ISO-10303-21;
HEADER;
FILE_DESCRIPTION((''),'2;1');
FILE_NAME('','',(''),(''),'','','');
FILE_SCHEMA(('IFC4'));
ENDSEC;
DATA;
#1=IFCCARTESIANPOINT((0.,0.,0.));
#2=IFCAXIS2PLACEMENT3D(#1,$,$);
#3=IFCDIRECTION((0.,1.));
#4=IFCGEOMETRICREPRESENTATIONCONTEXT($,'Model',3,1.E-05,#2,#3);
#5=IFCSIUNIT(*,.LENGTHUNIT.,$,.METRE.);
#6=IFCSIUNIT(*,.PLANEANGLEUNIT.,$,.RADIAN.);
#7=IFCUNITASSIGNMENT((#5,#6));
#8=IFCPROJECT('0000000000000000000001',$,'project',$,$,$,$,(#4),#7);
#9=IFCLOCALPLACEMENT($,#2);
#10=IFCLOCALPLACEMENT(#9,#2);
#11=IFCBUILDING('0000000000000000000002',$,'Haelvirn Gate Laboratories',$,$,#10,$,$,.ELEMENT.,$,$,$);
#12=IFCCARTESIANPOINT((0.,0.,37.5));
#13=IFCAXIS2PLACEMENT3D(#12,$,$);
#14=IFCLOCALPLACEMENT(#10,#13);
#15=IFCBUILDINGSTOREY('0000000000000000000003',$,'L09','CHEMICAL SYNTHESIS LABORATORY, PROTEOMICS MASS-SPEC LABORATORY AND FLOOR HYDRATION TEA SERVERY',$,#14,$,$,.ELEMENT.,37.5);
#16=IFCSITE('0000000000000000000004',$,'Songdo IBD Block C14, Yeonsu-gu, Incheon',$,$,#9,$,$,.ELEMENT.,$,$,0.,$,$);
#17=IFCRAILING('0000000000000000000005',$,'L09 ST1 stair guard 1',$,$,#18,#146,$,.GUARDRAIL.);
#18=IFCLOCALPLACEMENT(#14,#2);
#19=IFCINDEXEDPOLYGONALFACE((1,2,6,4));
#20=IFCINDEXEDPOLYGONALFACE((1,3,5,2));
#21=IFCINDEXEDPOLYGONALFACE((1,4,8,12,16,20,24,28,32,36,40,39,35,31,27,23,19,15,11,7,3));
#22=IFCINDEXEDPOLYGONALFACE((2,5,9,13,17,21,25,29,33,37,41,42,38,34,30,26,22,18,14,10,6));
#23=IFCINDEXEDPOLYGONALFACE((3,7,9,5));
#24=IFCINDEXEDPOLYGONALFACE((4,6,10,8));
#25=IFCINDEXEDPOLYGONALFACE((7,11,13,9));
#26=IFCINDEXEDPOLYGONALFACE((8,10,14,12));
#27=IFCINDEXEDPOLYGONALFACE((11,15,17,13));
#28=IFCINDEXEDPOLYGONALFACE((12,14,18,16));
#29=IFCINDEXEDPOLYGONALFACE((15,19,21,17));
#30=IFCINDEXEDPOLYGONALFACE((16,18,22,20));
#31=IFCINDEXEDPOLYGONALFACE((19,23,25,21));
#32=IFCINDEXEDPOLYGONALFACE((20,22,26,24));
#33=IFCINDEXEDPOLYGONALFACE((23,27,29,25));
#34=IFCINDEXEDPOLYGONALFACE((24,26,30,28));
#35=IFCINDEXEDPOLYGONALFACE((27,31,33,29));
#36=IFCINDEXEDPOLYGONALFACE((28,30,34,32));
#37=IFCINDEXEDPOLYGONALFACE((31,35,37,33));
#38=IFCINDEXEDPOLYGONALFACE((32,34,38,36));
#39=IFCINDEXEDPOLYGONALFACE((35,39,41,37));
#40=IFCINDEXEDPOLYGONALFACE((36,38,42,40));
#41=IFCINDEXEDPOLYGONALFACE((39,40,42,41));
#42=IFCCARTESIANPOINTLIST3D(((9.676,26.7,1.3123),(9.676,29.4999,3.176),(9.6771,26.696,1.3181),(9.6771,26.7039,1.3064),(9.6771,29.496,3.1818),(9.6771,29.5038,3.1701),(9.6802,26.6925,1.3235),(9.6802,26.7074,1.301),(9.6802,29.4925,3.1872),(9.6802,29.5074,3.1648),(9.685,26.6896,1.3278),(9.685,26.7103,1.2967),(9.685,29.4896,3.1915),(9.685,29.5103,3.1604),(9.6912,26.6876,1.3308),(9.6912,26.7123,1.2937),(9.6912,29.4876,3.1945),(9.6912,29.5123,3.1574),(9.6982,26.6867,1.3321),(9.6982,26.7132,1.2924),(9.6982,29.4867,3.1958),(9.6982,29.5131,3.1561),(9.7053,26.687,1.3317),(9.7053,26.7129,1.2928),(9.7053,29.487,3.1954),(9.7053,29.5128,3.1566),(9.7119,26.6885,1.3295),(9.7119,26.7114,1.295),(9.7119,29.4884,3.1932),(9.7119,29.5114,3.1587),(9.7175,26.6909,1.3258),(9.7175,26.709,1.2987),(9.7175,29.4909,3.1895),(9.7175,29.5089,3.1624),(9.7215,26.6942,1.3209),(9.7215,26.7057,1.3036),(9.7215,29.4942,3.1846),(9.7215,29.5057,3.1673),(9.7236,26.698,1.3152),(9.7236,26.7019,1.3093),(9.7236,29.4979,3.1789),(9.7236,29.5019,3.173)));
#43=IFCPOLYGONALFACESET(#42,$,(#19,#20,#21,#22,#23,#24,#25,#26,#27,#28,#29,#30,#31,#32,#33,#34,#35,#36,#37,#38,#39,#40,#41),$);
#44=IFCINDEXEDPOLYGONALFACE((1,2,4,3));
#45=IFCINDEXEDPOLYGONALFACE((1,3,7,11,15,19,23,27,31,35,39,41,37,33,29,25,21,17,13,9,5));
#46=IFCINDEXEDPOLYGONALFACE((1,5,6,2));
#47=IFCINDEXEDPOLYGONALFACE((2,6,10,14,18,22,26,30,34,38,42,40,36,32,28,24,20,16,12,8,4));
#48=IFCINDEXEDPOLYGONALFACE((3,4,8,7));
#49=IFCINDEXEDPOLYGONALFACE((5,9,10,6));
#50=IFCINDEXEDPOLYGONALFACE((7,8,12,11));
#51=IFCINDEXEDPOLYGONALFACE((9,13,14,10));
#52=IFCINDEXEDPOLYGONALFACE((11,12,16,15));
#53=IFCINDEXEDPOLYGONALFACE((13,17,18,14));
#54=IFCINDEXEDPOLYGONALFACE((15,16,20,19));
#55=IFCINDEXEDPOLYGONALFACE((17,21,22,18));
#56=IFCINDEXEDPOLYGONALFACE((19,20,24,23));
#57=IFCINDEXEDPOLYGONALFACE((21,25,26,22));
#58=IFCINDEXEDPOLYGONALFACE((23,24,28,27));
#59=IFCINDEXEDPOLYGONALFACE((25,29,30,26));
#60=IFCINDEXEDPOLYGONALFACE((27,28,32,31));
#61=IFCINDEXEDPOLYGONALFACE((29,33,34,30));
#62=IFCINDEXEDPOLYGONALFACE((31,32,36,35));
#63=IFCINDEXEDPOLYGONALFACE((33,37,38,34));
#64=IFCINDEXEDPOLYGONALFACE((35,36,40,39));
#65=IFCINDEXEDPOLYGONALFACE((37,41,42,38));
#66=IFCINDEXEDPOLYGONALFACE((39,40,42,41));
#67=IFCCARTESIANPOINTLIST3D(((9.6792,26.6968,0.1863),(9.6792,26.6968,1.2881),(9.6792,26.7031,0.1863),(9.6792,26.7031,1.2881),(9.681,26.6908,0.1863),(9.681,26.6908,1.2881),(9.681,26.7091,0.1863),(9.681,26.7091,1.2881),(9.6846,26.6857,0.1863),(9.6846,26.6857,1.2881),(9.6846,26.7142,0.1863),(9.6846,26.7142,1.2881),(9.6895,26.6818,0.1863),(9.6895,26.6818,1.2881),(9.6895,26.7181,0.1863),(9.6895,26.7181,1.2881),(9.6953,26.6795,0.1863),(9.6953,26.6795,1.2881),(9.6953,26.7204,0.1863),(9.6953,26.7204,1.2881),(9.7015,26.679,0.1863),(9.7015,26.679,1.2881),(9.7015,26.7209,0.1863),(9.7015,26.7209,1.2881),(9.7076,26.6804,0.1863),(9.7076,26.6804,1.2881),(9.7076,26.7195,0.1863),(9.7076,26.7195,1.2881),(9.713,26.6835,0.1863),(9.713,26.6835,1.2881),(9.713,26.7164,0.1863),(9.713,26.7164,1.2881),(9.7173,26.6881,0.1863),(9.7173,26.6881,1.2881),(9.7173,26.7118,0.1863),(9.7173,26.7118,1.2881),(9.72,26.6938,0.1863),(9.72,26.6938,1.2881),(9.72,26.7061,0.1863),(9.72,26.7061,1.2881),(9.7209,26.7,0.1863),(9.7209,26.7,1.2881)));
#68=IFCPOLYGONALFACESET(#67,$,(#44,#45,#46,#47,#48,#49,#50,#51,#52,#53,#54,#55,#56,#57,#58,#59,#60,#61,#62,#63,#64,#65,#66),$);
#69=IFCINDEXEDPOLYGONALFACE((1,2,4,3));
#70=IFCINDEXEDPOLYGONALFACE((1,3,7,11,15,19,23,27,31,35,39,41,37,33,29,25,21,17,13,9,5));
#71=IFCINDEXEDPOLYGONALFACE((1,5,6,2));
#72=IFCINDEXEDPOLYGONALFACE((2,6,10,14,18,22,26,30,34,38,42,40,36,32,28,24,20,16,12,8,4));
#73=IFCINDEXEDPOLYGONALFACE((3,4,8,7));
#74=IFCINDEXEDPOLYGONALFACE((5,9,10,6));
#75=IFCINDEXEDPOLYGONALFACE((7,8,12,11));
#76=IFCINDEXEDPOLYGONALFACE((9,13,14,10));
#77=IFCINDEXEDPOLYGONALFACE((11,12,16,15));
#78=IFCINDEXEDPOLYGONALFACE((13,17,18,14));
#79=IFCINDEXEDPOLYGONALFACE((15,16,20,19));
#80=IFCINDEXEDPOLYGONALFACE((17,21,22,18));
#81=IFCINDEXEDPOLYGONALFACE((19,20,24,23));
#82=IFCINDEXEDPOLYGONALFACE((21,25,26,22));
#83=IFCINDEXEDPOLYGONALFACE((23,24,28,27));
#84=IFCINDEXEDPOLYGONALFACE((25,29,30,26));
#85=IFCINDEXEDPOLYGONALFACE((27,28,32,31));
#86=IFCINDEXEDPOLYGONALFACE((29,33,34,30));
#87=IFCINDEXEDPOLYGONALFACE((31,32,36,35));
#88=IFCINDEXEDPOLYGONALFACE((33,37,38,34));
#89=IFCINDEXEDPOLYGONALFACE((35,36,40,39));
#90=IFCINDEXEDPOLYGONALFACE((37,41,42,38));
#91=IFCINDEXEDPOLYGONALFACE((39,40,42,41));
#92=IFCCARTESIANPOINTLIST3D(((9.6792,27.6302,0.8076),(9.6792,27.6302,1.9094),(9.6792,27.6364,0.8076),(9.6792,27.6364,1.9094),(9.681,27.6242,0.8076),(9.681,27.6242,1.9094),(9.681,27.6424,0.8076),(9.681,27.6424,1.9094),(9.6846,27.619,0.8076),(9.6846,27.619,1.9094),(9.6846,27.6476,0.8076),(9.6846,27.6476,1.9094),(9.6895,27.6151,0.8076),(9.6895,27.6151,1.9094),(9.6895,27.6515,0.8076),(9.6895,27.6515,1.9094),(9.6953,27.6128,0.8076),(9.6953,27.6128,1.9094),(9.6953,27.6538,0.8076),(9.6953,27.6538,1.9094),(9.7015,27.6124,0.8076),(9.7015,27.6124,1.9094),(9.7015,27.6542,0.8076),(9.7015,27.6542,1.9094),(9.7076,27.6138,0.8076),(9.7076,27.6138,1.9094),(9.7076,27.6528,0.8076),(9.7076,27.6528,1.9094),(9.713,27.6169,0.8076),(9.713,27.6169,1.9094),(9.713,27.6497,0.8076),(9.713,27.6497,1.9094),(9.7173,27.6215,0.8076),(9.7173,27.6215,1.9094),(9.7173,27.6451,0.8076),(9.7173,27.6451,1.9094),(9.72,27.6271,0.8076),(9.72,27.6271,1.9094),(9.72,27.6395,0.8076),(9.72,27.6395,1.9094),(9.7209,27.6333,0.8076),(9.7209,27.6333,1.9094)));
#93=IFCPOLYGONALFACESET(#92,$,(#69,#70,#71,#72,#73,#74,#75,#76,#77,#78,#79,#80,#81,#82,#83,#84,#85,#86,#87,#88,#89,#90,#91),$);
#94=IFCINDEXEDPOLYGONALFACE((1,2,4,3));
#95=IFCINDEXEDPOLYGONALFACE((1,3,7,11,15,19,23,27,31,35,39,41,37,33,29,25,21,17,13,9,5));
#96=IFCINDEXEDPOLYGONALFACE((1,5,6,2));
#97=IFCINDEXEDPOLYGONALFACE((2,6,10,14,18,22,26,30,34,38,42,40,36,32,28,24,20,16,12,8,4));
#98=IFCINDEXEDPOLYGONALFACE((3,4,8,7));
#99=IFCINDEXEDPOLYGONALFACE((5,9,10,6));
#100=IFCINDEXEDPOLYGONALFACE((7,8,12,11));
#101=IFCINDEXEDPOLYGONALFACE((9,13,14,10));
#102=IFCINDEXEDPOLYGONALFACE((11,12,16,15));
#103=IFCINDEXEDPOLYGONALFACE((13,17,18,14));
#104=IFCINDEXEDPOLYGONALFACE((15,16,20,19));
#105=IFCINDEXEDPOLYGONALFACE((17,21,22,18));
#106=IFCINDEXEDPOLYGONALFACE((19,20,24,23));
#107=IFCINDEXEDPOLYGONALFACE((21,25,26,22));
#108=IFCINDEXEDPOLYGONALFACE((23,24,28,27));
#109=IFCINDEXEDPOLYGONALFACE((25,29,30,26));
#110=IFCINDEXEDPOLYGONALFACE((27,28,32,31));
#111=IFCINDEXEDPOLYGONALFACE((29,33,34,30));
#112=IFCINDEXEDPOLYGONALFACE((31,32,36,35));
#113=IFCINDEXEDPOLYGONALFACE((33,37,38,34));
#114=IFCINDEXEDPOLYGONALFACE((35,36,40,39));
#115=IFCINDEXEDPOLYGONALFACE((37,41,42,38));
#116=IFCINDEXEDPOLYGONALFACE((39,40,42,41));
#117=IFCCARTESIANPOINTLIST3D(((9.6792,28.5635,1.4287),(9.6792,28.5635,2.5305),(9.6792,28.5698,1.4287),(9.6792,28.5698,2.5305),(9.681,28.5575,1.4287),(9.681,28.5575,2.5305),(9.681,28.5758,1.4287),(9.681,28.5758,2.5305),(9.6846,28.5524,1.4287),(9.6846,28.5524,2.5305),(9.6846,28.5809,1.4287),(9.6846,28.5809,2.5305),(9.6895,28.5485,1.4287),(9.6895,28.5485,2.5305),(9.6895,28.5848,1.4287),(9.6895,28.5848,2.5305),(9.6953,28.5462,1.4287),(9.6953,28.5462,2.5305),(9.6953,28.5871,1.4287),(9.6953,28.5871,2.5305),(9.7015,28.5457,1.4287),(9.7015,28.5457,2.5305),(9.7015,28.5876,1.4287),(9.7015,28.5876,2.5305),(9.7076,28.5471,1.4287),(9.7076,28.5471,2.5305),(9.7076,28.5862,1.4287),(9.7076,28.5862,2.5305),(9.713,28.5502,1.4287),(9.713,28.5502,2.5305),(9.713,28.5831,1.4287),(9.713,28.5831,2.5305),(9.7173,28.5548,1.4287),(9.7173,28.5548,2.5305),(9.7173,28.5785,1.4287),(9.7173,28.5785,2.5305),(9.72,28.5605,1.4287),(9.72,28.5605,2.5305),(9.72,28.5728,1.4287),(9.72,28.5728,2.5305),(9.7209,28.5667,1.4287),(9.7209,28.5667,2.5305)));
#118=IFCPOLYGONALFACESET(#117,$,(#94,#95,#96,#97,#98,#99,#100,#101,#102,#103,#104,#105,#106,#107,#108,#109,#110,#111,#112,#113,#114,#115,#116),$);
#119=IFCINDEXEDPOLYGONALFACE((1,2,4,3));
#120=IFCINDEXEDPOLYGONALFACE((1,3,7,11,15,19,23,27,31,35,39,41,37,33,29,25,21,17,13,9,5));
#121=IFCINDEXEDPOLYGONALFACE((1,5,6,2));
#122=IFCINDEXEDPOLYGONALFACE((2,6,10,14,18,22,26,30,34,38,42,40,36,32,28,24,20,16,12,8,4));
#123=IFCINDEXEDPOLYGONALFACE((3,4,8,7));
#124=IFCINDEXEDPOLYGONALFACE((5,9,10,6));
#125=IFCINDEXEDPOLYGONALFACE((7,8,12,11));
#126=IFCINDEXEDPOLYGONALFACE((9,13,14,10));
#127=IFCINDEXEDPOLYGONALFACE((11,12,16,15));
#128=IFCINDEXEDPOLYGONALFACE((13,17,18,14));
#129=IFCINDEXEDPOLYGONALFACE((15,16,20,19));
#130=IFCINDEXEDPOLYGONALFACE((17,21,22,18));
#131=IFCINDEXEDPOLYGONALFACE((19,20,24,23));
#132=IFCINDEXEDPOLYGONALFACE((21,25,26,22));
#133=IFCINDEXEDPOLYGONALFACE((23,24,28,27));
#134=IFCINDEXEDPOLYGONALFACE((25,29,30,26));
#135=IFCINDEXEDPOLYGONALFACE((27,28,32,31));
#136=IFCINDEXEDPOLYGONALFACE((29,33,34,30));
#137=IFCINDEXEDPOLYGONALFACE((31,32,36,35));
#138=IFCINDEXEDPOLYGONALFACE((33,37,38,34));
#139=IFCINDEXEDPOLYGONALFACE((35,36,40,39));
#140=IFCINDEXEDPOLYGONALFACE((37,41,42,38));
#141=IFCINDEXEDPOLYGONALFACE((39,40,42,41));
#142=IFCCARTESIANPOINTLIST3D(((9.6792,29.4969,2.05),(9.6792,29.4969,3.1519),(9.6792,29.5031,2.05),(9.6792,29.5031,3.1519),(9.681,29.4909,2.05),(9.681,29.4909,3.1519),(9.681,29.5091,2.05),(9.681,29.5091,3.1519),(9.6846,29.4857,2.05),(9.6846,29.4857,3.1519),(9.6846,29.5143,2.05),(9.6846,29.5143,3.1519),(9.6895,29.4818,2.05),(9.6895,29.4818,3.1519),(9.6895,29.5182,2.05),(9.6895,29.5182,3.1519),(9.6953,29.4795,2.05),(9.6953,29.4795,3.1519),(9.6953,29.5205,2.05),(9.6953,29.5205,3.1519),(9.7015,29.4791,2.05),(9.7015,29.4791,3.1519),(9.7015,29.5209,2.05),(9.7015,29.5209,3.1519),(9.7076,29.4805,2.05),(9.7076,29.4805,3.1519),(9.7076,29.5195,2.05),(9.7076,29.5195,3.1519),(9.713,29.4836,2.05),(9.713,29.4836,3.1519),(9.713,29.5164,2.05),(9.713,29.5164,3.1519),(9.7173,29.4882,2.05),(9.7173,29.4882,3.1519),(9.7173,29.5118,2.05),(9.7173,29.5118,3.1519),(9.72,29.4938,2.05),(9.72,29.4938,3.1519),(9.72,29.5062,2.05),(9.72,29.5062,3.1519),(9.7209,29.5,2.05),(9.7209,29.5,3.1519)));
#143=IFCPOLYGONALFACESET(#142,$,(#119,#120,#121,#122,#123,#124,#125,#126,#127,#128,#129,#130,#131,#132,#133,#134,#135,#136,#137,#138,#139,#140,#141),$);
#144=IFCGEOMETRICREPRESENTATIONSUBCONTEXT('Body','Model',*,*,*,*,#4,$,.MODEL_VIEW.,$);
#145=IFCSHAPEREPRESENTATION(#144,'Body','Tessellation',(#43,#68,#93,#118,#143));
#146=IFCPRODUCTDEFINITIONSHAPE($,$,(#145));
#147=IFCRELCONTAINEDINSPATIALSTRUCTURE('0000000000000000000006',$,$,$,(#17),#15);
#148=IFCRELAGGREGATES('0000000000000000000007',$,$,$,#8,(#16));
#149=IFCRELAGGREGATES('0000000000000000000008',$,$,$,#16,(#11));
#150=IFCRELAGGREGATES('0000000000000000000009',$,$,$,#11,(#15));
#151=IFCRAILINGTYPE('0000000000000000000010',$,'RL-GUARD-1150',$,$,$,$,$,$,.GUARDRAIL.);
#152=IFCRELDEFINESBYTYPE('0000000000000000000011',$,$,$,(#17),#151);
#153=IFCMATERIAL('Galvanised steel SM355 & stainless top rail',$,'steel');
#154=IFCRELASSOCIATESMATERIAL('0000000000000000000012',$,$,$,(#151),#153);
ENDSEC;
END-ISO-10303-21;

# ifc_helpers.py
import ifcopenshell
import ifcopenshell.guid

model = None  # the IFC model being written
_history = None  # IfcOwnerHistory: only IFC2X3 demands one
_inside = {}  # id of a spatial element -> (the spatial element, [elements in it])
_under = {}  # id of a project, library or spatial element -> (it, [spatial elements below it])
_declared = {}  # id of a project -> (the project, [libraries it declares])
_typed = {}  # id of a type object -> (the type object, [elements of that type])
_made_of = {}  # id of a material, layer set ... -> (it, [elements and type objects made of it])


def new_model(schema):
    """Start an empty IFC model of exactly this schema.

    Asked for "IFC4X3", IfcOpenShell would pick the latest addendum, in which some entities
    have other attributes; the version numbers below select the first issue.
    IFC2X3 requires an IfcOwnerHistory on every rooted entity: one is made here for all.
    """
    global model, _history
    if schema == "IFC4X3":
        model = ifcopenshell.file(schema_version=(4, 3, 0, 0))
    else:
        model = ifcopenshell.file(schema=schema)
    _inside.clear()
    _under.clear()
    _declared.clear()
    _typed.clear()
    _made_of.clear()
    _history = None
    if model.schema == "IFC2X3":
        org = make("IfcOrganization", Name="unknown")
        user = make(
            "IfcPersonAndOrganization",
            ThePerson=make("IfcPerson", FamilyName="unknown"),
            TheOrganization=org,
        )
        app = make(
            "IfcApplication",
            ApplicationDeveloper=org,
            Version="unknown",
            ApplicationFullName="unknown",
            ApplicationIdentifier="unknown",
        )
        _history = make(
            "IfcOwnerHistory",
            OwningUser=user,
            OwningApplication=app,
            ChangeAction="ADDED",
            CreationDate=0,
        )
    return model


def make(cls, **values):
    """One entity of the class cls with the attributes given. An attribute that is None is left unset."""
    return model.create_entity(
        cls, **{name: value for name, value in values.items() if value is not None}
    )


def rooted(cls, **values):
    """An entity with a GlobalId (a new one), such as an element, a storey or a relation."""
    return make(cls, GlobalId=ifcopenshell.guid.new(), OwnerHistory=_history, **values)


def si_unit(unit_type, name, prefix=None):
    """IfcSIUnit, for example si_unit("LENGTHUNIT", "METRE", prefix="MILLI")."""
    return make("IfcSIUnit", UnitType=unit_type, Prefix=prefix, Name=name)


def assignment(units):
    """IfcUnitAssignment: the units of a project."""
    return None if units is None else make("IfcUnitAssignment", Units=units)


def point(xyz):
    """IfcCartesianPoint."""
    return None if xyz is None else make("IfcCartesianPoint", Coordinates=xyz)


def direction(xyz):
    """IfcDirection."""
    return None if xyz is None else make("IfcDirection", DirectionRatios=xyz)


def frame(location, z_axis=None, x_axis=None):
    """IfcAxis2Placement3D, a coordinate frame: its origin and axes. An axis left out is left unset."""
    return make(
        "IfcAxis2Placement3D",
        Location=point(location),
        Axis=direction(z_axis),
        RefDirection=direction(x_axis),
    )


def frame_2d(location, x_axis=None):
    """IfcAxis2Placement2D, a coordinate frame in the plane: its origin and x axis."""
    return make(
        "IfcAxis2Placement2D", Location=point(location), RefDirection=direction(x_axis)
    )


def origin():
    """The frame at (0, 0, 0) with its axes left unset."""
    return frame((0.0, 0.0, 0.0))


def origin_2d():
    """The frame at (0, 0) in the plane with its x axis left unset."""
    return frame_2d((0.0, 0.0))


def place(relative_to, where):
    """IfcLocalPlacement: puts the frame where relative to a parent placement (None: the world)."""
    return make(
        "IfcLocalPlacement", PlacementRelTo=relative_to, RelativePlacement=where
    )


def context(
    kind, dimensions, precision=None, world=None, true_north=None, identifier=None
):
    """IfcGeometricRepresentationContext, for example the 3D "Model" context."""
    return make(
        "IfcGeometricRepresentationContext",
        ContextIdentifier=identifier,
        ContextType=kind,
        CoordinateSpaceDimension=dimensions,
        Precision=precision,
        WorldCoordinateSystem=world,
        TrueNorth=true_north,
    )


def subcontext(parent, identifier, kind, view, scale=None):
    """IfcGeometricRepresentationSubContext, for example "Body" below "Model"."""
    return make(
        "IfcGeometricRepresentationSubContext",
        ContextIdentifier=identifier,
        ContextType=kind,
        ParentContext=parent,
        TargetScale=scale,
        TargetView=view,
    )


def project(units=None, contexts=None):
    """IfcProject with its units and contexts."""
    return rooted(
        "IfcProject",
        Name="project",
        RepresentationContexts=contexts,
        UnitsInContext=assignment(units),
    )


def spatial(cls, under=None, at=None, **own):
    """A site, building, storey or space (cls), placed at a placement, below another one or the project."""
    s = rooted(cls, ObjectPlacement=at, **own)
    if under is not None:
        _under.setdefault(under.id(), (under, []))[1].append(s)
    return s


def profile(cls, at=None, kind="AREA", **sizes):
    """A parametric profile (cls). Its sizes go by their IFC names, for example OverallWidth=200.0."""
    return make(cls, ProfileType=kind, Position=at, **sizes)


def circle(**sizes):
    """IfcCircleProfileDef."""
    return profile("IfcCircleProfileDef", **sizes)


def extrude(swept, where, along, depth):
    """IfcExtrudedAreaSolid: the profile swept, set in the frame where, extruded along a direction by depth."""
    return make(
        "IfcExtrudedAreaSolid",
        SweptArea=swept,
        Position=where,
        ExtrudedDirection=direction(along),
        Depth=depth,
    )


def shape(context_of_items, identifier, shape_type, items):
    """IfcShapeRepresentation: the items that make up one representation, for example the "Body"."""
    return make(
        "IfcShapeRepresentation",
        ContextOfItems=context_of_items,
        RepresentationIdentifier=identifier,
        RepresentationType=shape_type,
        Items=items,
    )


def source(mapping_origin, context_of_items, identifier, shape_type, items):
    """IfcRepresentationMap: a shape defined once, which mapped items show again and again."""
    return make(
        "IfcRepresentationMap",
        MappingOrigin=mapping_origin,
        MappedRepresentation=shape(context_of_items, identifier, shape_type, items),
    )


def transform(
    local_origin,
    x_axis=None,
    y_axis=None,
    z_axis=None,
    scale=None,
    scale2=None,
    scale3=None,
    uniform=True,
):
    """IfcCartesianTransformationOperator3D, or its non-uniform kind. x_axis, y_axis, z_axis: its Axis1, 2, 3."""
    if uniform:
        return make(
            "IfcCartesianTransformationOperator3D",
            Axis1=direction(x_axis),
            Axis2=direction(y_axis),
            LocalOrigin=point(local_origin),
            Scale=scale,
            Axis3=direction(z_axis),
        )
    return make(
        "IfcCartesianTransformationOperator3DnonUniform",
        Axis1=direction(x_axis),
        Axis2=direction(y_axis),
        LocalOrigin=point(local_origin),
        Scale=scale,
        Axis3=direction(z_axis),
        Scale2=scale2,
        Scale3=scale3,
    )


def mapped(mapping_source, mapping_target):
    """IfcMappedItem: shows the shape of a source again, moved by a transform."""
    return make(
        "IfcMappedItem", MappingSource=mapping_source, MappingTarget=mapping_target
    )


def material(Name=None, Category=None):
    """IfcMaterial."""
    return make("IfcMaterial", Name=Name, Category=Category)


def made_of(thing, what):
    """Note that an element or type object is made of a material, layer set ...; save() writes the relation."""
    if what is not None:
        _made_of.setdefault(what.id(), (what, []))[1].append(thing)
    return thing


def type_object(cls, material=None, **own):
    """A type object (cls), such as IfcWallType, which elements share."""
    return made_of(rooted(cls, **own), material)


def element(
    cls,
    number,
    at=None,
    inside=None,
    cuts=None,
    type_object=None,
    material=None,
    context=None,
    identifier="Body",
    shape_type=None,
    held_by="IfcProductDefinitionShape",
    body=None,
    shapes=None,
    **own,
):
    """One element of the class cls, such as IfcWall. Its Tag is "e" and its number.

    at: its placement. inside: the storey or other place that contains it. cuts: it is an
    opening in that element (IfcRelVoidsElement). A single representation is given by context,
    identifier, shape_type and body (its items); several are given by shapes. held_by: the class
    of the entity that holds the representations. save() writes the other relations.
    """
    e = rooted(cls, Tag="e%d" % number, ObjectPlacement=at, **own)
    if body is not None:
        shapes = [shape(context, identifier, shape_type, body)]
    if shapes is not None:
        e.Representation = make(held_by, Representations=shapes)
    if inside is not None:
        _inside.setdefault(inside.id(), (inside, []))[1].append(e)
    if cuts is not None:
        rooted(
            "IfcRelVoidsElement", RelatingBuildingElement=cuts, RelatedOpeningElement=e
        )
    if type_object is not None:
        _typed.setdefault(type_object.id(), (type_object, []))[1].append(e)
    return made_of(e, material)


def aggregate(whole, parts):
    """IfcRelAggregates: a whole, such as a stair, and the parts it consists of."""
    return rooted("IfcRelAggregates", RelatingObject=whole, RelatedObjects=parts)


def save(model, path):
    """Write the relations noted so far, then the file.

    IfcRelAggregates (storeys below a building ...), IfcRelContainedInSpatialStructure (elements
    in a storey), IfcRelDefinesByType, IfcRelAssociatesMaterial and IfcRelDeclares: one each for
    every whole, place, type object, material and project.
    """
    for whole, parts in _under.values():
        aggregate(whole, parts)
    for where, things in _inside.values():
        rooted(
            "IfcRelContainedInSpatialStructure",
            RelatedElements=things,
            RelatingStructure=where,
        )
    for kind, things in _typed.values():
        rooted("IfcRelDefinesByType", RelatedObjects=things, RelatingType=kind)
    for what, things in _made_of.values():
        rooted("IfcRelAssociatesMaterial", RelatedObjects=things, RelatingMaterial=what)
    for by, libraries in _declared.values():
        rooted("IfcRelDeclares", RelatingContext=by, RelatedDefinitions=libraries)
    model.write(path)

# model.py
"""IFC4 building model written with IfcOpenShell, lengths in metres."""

from ifc_helpers import new_model, si_unit, direction, frame, origin, origin_2d, place, context, subcontext, project, spatial, circle, extrude, source, transform, mapped, material, type_object, element, save


model = new_model("IFC4")

# Units and contexts
model_context = context("Model", 3, precision=1e-05, world=origin(), true_north=direction((0.0, 1.0)))
body_context = subcontext(model_context, "Body", "Model", "MODEL_VIEW")
ifc_project = project(units=[si_unit("LENGTHUNIT", "METRE"), si_unit("PLANEANGLEUNIT", "RADIAN")], contexts=[model_context])

# Site, building, storey
site_placement = place(None, origin())
site = spatial("IfcSite", under=ifc_project, at=site_placement, Name="Songdo IBD Block C14, Yeonsu-gu, Incheon", CompositionType="ELEMENT", RefElevation=0.0)
building_placement = place(site_placement, origin())
building = spatial("IfcBuilding", under=site, at=building_placement, Name="Haelvirn Gate Laboratories", CompositionType="ELEMENT")
storey_placement = place(building_placement, frame((0.0, 0.0, 37.5)))
storey = spatial("IfcBuildingStorey", under=building, at=storey_placement, Name="L09", Description="CHEMICAL SYNTHESIS LABORATORY, PROTEOMICS MASS-SPEC LABORATORY AND FLOOR HYDRATION TEA SERVERY", CompositionType="ELEMENT", Elevation=37.5)

# Railing
ifc_material_1 = material(Name="Galvanised steel SM355 & stainless top rail", Category="steel")
railing_type_1 = type_object("IfcRailingType", Name="RL-GUARD-1150", PredefinedType="GUARDRAIL", material=ifc_material_1)
shared_shape_1 = source(origin(), body_context, "Body", "SweptSolid", [
    extrude(circle(Radius=0.0239, at=origin_2d()), frame((0.0, 0.0, 1.126), z_axis=(0.0, 0.832452, 0.554097), x_axis=(-1.0, 0.0, 0.0)), (0.0, 0.0, 1.0), 3.3635),
    extrude(circle(Radius=0.021, at=origin_2d()), origin(), (0.0, 0.0, 1.0), 1.1018),
    extrude(circle(Radius=0.021, at=origin_2d()), frame((0.0, 0.9333, 0.6213)), (0.0, 0.0, 1.0), 1.1018),
    extrude(circle(Radius=0.021, at=origin_2d()), frame((0.0, 1.8667, 1.2424)), (0.0, 0.0, 1.0), 1.1018),
    extrude(circle(Radius=0.021, at=origin_2d()), frame((0.0, 2.8, 1.8638)), (0.0, 0.0, 1.0), 1.1018),
])
railing_1_placement = place(storey_placement, frame((9.7, 26.7, 0.1863)))
element("IfcRailing", 1, at=railing_1_placement, inside=storey, type_object=railing_type_1, Name="L09 ST1 stair guard 1", PredefinedType="GUARDRAIL", context=body_context, shape_type="MappedRepresentation", body=[
    mapped(shared_shape_1, transform((0.0, 0.0, 0.0), scale=1.0)),
])

save(model, "model.ifc")
